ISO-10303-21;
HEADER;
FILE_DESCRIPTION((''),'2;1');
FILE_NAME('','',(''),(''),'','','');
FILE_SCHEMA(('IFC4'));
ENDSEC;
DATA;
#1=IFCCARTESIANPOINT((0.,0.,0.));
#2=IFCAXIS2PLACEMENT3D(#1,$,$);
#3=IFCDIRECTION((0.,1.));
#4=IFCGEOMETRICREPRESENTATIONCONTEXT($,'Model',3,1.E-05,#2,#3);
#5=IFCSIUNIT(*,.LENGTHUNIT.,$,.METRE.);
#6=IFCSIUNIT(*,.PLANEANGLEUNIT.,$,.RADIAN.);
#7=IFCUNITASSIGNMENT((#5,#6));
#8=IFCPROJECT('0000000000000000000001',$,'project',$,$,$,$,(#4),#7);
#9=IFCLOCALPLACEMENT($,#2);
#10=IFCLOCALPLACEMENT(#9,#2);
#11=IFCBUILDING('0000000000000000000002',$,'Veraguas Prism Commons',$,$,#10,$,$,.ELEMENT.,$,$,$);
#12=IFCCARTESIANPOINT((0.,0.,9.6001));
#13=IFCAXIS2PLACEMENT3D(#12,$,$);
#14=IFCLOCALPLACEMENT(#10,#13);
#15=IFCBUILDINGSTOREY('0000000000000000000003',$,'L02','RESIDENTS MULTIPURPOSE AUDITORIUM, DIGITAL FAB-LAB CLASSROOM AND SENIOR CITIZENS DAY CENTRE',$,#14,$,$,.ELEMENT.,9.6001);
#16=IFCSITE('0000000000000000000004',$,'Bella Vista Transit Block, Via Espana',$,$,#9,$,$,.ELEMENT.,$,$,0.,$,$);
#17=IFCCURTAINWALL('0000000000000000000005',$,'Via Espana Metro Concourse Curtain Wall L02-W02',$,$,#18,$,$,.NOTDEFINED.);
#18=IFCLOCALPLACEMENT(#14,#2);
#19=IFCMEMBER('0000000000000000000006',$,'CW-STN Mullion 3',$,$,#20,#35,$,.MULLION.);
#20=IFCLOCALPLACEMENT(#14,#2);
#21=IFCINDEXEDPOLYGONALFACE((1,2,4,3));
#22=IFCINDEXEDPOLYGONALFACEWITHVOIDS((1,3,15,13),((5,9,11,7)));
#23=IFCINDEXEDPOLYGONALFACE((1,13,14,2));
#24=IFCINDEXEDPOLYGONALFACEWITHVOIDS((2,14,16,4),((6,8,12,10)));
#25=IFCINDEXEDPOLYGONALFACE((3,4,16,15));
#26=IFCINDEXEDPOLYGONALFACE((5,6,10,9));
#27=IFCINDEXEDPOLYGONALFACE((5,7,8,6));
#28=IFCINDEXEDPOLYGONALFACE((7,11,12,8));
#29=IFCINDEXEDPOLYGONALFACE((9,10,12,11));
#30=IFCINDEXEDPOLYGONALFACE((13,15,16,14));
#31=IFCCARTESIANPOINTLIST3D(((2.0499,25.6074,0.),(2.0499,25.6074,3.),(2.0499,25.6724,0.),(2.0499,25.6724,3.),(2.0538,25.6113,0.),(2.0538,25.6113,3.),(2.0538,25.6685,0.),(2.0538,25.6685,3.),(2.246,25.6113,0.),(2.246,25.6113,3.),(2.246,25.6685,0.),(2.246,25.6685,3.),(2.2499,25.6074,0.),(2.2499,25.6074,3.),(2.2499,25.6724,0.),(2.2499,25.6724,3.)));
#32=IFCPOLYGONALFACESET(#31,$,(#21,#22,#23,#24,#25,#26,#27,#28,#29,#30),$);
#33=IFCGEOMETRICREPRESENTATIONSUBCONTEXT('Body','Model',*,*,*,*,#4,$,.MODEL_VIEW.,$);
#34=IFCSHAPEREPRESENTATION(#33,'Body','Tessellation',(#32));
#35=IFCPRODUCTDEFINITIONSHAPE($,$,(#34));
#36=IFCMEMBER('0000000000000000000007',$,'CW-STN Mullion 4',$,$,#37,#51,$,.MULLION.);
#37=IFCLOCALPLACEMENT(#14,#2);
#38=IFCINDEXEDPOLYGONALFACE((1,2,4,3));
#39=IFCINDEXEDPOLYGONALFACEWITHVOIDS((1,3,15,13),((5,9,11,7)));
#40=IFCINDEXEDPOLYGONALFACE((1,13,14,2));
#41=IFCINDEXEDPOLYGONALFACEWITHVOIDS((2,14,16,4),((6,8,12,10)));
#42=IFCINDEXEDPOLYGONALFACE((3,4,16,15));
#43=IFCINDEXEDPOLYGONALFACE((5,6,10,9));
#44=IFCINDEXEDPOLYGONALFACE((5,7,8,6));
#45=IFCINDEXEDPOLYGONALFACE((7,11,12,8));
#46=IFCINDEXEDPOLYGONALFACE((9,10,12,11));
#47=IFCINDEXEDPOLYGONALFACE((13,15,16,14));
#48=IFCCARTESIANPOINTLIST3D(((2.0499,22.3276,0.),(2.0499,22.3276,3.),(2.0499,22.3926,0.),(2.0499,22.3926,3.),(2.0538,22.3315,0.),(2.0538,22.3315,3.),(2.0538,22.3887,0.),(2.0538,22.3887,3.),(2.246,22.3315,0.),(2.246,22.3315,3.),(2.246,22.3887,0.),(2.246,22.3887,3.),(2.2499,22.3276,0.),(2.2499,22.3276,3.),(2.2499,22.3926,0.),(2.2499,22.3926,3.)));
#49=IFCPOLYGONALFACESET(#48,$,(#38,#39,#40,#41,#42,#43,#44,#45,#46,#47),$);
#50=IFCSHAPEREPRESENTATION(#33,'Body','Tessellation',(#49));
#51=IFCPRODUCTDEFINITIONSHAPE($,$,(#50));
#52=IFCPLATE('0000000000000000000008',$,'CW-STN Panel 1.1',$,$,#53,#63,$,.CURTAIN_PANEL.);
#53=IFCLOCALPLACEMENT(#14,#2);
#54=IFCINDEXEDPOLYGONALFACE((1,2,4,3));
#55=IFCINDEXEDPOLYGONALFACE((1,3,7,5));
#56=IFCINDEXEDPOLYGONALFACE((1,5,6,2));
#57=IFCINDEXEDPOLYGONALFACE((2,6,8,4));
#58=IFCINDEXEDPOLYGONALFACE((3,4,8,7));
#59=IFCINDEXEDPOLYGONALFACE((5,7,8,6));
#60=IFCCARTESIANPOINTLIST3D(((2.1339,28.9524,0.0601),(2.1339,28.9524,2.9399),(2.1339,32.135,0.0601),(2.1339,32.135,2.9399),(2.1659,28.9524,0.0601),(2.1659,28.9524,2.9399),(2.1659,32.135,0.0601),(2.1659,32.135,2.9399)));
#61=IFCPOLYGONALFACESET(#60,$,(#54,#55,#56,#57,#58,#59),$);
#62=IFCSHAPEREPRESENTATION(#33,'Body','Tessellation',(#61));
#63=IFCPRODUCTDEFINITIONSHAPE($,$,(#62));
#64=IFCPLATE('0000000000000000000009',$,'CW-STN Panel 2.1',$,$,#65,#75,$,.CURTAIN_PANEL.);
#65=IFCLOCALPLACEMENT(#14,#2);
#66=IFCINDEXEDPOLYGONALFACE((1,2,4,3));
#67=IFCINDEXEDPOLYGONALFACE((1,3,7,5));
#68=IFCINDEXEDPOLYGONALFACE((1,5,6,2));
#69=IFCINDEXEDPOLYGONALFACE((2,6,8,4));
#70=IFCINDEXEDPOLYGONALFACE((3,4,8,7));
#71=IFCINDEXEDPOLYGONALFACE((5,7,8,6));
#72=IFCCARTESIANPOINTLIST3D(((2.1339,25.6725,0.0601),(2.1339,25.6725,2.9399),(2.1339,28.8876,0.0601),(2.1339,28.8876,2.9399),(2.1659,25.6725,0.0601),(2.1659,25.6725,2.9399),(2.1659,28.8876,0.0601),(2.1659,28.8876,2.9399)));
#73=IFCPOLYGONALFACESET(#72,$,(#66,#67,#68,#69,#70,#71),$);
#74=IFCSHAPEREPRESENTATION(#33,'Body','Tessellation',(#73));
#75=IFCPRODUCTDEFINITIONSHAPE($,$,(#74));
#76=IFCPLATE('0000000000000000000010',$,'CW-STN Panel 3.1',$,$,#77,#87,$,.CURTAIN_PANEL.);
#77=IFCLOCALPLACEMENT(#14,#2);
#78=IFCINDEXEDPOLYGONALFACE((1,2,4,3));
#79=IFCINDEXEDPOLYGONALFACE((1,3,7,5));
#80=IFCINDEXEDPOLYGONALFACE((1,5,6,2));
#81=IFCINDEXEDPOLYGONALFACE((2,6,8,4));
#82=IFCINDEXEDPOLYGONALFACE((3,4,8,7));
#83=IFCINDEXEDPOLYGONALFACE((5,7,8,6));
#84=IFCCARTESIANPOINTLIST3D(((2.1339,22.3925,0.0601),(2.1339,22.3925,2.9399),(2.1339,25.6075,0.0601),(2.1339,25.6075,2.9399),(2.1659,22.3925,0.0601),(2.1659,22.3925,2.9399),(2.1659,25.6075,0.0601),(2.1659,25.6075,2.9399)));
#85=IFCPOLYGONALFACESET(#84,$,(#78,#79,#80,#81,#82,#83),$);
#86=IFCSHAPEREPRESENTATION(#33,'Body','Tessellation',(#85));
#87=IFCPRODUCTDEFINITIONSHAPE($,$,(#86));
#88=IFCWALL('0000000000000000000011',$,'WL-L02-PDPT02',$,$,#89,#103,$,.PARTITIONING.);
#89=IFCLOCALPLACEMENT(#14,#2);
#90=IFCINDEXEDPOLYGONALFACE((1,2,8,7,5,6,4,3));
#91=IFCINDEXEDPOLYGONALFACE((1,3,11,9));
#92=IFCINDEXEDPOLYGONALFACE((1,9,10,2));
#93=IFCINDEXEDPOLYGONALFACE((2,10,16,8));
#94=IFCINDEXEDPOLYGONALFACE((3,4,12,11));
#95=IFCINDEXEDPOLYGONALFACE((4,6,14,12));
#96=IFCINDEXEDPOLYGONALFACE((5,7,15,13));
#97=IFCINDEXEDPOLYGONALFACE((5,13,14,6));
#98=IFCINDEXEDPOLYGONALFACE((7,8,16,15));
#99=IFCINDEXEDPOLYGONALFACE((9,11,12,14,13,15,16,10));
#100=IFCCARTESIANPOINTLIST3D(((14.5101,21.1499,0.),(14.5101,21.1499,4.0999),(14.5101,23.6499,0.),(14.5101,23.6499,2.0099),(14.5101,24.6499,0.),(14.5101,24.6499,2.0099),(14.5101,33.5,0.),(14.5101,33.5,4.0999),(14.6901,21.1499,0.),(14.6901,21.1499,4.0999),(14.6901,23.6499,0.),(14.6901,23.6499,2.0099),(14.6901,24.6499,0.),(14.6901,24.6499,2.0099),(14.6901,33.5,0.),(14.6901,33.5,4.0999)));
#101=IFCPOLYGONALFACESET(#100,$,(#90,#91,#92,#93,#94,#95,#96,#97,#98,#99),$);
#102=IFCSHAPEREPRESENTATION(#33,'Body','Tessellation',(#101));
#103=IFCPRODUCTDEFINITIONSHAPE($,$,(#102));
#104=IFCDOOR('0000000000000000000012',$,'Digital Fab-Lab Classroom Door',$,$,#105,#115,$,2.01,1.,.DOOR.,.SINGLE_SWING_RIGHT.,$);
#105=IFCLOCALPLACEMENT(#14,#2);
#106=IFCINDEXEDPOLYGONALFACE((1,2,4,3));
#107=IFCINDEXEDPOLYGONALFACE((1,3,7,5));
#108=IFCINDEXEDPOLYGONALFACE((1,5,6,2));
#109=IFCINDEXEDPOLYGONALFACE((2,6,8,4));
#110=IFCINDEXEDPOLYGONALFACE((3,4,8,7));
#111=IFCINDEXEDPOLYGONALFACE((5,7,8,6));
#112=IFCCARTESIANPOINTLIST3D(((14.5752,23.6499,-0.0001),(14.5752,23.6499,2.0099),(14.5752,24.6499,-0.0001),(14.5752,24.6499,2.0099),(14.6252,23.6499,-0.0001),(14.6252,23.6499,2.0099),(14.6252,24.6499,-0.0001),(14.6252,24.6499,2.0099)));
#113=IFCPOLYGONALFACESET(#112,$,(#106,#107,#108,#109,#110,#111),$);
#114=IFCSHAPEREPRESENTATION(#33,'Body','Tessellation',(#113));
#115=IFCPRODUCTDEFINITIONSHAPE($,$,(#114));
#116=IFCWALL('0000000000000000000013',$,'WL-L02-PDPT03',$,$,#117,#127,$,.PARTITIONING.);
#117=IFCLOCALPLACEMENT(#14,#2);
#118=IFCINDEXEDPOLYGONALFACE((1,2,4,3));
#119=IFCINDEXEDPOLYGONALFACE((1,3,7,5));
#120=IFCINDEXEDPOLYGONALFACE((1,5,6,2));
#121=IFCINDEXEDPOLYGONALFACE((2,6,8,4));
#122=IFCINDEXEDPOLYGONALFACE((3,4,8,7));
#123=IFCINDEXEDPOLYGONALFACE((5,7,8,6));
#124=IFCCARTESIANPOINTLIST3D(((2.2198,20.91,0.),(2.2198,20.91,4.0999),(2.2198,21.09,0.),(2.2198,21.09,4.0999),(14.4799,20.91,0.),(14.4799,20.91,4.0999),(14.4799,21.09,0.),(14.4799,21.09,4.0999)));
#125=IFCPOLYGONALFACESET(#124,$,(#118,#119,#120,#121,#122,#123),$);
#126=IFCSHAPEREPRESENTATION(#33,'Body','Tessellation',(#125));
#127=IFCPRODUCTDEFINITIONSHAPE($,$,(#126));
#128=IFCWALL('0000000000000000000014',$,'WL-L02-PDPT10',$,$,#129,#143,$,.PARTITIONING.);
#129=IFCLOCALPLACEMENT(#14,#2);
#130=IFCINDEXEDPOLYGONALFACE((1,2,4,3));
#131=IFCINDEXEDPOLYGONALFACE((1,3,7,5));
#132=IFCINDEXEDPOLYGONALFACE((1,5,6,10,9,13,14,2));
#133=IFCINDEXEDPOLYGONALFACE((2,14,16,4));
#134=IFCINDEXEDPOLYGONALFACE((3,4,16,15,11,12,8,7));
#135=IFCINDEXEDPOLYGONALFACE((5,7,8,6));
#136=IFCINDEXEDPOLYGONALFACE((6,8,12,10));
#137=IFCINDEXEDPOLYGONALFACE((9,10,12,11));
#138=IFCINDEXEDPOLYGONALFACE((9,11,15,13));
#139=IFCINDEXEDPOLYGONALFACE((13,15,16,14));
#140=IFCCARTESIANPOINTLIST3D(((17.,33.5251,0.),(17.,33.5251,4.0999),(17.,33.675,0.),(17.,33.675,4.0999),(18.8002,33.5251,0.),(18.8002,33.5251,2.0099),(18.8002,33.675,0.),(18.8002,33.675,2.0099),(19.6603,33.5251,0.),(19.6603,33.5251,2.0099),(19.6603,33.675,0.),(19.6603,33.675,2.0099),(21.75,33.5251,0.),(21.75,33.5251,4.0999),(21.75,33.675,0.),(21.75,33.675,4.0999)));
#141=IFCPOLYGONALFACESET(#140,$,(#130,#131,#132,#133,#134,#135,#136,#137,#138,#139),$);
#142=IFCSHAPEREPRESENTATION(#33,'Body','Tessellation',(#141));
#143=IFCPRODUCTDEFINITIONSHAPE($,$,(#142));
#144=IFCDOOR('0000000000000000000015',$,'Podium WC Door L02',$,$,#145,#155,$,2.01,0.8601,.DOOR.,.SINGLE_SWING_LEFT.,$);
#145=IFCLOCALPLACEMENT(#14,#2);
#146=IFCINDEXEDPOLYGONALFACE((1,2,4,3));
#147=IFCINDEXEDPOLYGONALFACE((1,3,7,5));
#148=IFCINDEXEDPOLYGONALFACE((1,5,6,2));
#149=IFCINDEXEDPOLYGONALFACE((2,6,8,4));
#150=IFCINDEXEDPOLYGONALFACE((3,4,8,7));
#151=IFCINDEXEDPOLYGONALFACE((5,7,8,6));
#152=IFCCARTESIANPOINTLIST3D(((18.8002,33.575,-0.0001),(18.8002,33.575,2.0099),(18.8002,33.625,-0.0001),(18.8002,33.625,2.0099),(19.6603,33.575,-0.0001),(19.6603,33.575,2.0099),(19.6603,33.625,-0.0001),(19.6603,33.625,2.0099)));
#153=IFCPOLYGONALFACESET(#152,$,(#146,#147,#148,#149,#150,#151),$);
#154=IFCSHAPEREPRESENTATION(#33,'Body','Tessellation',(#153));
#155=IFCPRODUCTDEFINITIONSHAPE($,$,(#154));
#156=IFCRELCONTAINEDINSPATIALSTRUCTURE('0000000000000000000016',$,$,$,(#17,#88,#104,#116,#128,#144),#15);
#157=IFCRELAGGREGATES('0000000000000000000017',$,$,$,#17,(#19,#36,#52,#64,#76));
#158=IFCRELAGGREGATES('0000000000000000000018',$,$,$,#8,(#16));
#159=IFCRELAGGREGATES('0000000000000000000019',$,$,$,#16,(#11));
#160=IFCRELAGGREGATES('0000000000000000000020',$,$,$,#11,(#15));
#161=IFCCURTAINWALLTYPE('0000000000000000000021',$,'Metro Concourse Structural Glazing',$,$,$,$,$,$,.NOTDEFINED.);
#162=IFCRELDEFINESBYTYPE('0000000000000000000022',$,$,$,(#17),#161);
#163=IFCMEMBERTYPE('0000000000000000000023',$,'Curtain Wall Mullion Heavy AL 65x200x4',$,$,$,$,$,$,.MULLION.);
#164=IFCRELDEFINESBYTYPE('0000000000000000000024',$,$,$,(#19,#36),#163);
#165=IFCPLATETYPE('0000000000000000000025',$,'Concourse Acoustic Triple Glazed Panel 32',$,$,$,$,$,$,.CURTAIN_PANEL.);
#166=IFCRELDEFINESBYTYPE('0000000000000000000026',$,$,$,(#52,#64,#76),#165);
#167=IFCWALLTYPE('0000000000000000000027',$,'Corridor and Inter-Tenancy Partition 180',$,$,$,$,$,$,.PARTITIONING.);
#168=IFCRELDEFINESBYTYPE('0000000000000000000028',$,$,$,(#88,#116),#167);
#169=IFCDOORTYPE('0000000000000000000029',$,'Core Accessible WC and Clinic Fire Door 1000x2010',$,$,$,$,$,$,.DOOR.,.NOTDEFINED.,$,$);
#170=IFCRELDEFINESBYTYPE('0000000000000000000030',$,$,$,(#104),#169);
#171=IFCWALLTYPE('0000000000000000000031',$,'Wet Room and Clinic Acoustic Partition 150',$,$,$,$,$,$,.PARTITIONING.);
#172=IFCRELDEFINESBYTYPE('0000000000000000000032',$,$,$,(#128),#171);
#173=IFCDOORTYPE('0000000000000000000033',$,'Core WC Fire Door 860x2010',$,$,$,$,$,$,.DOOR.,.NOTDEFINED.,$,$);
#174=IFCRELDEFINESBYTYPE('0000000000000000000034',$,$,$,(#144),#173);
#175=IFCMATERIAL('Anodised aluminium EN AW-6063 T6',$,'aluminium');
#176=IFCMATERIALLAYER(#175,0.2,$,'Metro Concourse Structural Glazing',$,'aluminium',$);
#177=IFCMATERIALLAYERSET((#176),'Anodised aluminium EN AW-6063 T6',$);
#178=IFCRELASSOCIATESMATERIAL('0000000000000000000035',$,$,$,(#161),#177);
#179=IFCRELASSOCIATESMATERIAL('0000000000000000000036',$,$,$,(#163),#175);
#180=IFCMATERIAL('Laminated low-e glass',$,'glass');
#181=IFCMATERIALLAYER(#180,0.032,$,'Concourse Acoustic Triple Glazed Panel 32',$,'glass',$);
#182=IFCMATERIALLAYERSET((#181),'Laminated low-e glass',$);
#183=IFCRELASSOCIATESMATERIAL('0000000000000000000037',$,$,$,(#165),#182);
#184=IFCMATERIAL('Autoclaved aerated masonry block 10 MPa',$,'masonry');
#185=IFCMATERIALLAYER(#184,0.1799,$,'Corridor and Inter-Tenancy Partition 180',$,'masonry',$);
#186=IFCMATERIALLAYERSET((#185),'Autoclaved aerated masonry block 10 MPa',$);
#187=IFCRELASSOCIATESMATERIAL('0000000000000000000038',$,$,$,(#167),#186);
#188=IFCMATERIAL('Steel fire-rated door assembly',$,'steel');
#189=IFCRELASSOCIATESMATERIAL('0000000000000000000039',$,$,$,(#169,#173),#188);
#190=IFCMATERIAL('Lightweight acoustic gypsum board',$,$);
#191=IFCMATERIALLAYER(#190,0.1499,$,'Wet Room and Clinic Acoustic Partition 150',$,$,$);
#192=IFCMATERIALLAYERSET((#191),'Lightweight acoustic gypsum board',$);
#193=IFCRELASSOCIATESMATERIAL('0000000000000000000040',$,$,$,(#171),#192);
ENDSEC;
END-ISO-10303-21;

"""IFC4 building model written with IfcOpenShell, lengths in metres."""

from ifc_helpers import new_model, si_unit, direction, frame, frame_2d, origin, origin_2d, place, context, subcontext, project, spatial, rectangle, hollow_rectangle, extrude, source, transform, mapped, material, layer, layer_set, material_profile, profile_set, type_object, element, fill, aggregate, save


model = new_model("IFC4")

# Units and contexts
model_context = context("Model", 3, precision=1e-05, world=origin(), true_north=direction((0.0, 1.0)))
body_context = subcontext(model_context, "Body", "Model", "MODEL_VIEW")
ifc_project = project(units=[si_unit("LENGTHUNIT", "METRE"), si_unit("PLANEANGLEUNIT", "RADIAN")], contexts=[model_context])

# Site, building, storey
site_placement = place(None, origin())
site = spatial("IfcSite", under=ifc_project, at=site_placement, Name="Bella Vista Transit Block, Via Espana", CompositionType="ELEMENT", RefElevation=0.0)
building_placement = place(site_placement, origin())
building = spatial("IfcBuilding", under=site, at=building_placement, Name="Veraguas Prism Commons", CompositionType="ELEMENT")
storey_placement = place(building_placement, frame((0.0, 0.0, 9.6001)))
storey = spatial("IfcBuildingStorey", under=building, at=storey_placement, Name="L02", Description="RESIDENTS MULTIPURPOSE AUDITORIUM, DIGITAL FAB-LAB CLASSROOM AND SENIOR CITIZENS DAY CENTRE", CompositionType="ELEMENT", Elevation=9.6001)

# Curtain wall, members, plates
ifc_material_1 = material(Name="Anodised aluminium EN AW-6063 T6", Category="aluminium")
ifc_layer_1 = layer(ifc_material_1, 0.2, Name="Metro Concourse Structural Glazing", Category="aluminium")
ifc_layer_set_1 = layer_set([ifc_layer_1], Name="Anodised aluminium EN AW-6063 T6")
curtain_wall_type = type_object("IfcCurtainWallType", Name="Metro Concourse Structural Glazing", PredefinedType="NOTDEFINED", material=ifc_layer_set_1)
curtain_wall_placement = place(storey_placement, origin())
curtain_wall = element("IfcCurtainWall", 1, at=curtain_wall_placement, inside=storey, type_object=curtain_wall_type, Name="Via Espana Metro Concourse Curtain Wall L02-W02", PredefinedType="NOTDEFINED")
ifc_material_profile_1 = material_profile(ifc_material_1, hollow_rectangle(XDim=0.0649, YDim=0.2, WallThickness=0.0039, at=origin_2d()), Name="AL65X200X4")
ifc_profile_set_1 = profile_set([ifc_material_profile_1], Name="Anodised aluminium EN AW-6063 T6")
member_type_1 = type_object("IfcMemberType", Name="Curtain Wall Mullion Heavy AL 65x200x4", PredefinedType="MULLION", material=ifc_profile_set_1)
shared_shape_1 = source(origin(), body_context, "Body", "SweptSolid", [
    extrude(hollow_rectangle(XDim=0.0649, YDim=0.2, WallThickness=0.0039, at=origin_2d()), origin(), (0.0, 0.0, 1.0), 3.0),
])
member_1_placement = place(storey_placement, frame((2.1499, 25.6399, 0.0), z_axis=(0.0, 0.0, 1.0), x_axis=(0.0, -1.0, 0.0)))
member_1 = element("IfcMember", 2, at=member_1_placement, type_object=member_type_1, Name="CW-STN Mullion 3", PredefinedType="MULLION", context=body_context, shape_type="MappedRepresentation", body=[
    mapped(shared_shape_1, transform((0.0, 0.0, 0.0), scale=1.0)),
])
member_2_placement = place(storey_placement, frame((2.1499, 22.3601, 0.0), z_axis=(0.0, 0.0, 1.0), x_axis=(0.0, -1.0, 0.0)))
member_2 = element("IfcMember", 3, at=member_2_placement, type_object=member_type_1, Name="CW-STN Mullion 4", PredefinedType="MULLION", context=body_context, shape_type="MappedRepresentation", body=[
    mapped(shared_shape_1, transform((0.0, 0.0, 0.0), scale=1.0)),
])
ifc_material_2 = material(Name="Laminated low-e glass", Category="glass")
ifc_layer_2 = layer(ifc_material_2, 0.032, Name="Concourse Acoustic Triple Glazed Panel 32", Category="glass")
ifc_layer_set_2 = layer_set([ifc_layer_2], Name="Laminated low-e glass")
plate_type = type_object("IfcPlateType", Name="Concourse Acoustic Triple Glazed Panel 32", PredefinedType="CURTAIN_PANEL", material=ifc_layer_set_2)
shared_shape_2 = source(origin(), body_context, "Body", "SweptSolid", [
    extrude(rectangle(XDim=3.1826, YDim=0.032, at=origin_2d()), origin(), (0.0, 0.0, 1.0), 2.8799),
])
plate_1_placement = place(storey_placement, frame((2.1499, 30.5437, 0.0601), z_axis=(0.0, 0.0, 1.0), x_axis=(0.0, -1.0, 0.0)))
plate_1 = element("IfcPlate", 4, at=plate_1_placement, type_object=plate_type, Name="CW-STN Panel 1.1", PredefinedType="CURTAIN_PANEL", context=body_context, shape_type="MappedRepresentation", body=[
    mapped(shared_shape_2, transform((0.0, 0.0, 0.0), scale=1.0)),
])
shared_shape_3 = source(origin(), body_context, "Body", "SweptSolid", [
    extrude(rectangle(XDim=3.2151, YDim=0.032, at=origin_2d()), origin(), (0.0, 0.0, 1.0), 2.8799),
])
plate_2_placement = place(storey_placement, frame((2.1499, 27.28, 0.0601), z_axis=(0.0, 0.0, 1.0), x_axis=(0.0, -1.0, 0.0)))
plate_2 = element("IfcPlate", 5, at=plate_2_placement, type_object=plate_type, Name="CW-STN Panel 2.1", PredefinedType="CURTAIN_PANEL", context=body_context, shape_type="MappedRepresentation", body=[
    mapped(shared_shape_3, transform((0.0, 0.0, 0.0), scale=1.0)),
])
plate_3_placement = place(storey_placement, frame((2.1499, 24.0, 0.0601), z_axis=(0.0, 0.0, 1.0), x_axis=(0.0, -1.0, 0.0)))
plate_3 = element("IfcPlate", 6, at=plate_3_placement, type_object=plate_type, Name="CW-STN Panel 3.1", PredefinedType="CURTAIN_PANEL", context=body_context, shape_type="MappedRepresentation", body=[
    mapped(shared_shape_3, transform((0.0, 0.0, 0.0), scale=1.0)),
])
aggregate(curtain_wall, [member_1, member_2, plate_1, plate_2, plate_3])

# Wall, opening, door
ifc_material_3 = material(Name="Autoclaved aerated masonry block 10 MPa", Category="masonry")
ifc_layer_3 = layer(ifc_material_3, 0.1799, Name="Corridor and Inter-Tenancy Partition 180", Category="masonry")
ifc_layer_set_3 = layer_set([ifc_layer_3], Name="Autoclaved aerated masonry block 10 MPa")
wall_type_1 = type_object("IfcWallType", Name="Corridor and Inter-Tenancy Partition 180", PredefinedType="PARTITIONING", material=ifc_layer_set_3)
wall_1_placement = place(storey_placement, frame((14.6001, 21.1499, 0.0), z_axis=(0.0, 0.0, 1.0), x_axis=(0.0, 1.0, 0.0)))
wall_1 = element("IfcWall", 7, at=wall_1_placement, inside=storey, type_object=wall_type_1, Name="WL-L02-PDPT02", PredefinedType="PARTITIONING", context=body_context, shape_type="SweptSolid", body=[
    extrude(rectangle(XDim=12.3501, YDim=0.1799, at=frame_2d((6.175, 0.0))), origin(), (0.0, 0.0, 1.0), 4.0999),
])
opening_1_placement = place(wall_1_placement, frame((2.5, 0.0, 0.0)))
opening_1 = element("IfcOpeningElement", 8, at=opening_1_placement, cuts=wall_1, PredefinedType="OPENING", context=body_context, shape_type="SweptSolid", body=[
    extrude(rectangle(XDim=1.0, YDim=2.01, at=frame_2d((0.5, 1.0049))), frame((0.0, 0.0999, 0.0), z_axis=(0.0, -1.0, 0.0), x_axis=(1.0, 0.0, 0.0)), (0.0, 0.0, 1.0), 0.2),
])
ifc_material_4 = material(Name="Steel fire-rated door assembly", Category="steel")
door_type_1 = type_object("IfcDoorType", Name="Core Accessible WC and Clinic Fire Door 1000x2010", OperationType="NOTDEFINED", PredefinedType="DOOR", material=ifc_material_4)
shared_shape_4 = source(origin(), body_context, "Body", "SweptSolid", [
    extrude(rectangle(XDim=1.0, YDim=2.01, at=frame_2d((0.5, 1.0049))), frame((0.0, 0.0249, 0.0), z_axis=(0.0, -1.0, 0.0), x_axis=(1.0, 0.0, 0.0)), (0.0, 0.0, 1.0), 0.05),
])
door_1_placement = place(opening_1_placement, origin())
door_1 = element("IfcDoor", 9, at=door_1_placement, inside=storey, type_object=door_type_1, Name="Digital Fab-Lab Classroom Door", OperationType="SINGLE_SWING_RIGHT", OverallHeight=2.01, OverallWidth=1.0, PredefinedType="DOOR", context=body_context, shape_type="MappedRepresentation", body=[
    mapped(shared_shape_4, transform((0.0, 0.0, 0.0), scale=1.0)),
])
fill(opening_1, door_1)

# Wall
wall_2_placement = place(storey_placement, frame((2.22, 21.0, 0.0), z_axis=(0.0, 0.0, 1.0), x_axis=(1.0, 0.0, 0.0)))
element("IfcWall", 10, at=wall_2_placement, inside=storey, type_object=wall_type_1, Name="WL-L02-PDPT03", PredefinedType="PARTITIONING", context=body_context, shape_type="SweptSolid", body=[
    extrude(rectangle(XDim=12.26, YDim=0.1799, at=frame_2d((6.1299, 0.0))), origin(), (0.0, 0.0, 1.0), 4.0999),
])

# Wall, opening, door
ifc_material_5 = material(Name="Lightweight acoustic gypsum board")
ifc_layer_4 = layer(ifc_material_5, 0.1499, Name="Wet Room and Clinic Acoustic Partition 150")
ifc_layer_set_4 = layer_set([ifc_layer_4], Name="Lightweight acoustic gypsum board")
wall_type_2 = type_object("IfcWallType", Name="Wet Room and Clinic Acoustic Partition 150", PredefinedType="PARTITIONING", material=ifc_layer_set_4)
wall_3_placement = place(storey_placement, frame((17.0, 33.6001, 0.0), z_axis=(0.0, 0.0, 1.0), x_axis=(1.0, 0.0, 0.0)))
wall_3 = element("IfcWall", 11, at=wall_3_placement, inside=storey, type_object=wall_type_2, Name="WL-L02-PDPT10", PredefinedType="PARTITIONING", context=body_context, shape_type="SweptSolid", body=[
    extrude(rectangle(XDim=4.75, YDim=0.1499, at=frame_2d((2.375, 0.0))), origin(), (0.0, 0.0, 1.0), 4.0999),
])
opening_2_placement = place(wall_3_placement, frame((1.8, 0.0, 0.0)))
opening_2 = element("IfcOpeningElement", 12, at=opening_2_placement, cuts=wall_3, PredefinedType="OPENING", context=body_context, shape_type="SweptSolid", body=[
    extrude(rectangle(XDim=0.8601, YDim=2.01, at=frame_2d((0.4302, 1.0049))), frame((0.0, 0.085, 0.0), z_axis=(0.0, -1.0, 0.0), x_axis=(1.0, 0.0, 0.0)), (0.0, 0.0, 1.0), 0.1699),
])
door_type_2 = type_object("IfcDoorType", Name="Core WC Fire Door 860x2010", OperationType="NOTDEFINED", PredefinedType="DOOR", material=ifc_material_4)
shared_shape_5 = source(origin(), body_context, "Body", "SweptSolid", [
    extrude(rectangle(XDim=0.8601, YDim=2.01, at=frame_2d((0.4302, 1.0049))), frame((0.0, 0.0249, 0.0), z_axis=(0.0, -1.0, 0.0), x_axis=(1.0, 0.0, 0.0)), (0.0, 0.0, 1.0), 0.05),
])
door_2_placement = place(opening_2_placement, origin())
door_2 = element("IfcDoor", 13, at=door_2_placement, inside=storey, type_object=door_type_2, Name="Podium WC Door L02", OperationType="SINGLE_SWING_LEFT", OverallHeight=2.01, OverallWidth=0.8601, PredefinedType="DOOR", context=body_context, shape_type="MappedRepresentation", body=[
    mapped(shared_shape_5, transform((0.0, 0.0, 0.0), scale=1.0)),
])
fill(opening_2, door_2)

save(model, "model.ifc")
